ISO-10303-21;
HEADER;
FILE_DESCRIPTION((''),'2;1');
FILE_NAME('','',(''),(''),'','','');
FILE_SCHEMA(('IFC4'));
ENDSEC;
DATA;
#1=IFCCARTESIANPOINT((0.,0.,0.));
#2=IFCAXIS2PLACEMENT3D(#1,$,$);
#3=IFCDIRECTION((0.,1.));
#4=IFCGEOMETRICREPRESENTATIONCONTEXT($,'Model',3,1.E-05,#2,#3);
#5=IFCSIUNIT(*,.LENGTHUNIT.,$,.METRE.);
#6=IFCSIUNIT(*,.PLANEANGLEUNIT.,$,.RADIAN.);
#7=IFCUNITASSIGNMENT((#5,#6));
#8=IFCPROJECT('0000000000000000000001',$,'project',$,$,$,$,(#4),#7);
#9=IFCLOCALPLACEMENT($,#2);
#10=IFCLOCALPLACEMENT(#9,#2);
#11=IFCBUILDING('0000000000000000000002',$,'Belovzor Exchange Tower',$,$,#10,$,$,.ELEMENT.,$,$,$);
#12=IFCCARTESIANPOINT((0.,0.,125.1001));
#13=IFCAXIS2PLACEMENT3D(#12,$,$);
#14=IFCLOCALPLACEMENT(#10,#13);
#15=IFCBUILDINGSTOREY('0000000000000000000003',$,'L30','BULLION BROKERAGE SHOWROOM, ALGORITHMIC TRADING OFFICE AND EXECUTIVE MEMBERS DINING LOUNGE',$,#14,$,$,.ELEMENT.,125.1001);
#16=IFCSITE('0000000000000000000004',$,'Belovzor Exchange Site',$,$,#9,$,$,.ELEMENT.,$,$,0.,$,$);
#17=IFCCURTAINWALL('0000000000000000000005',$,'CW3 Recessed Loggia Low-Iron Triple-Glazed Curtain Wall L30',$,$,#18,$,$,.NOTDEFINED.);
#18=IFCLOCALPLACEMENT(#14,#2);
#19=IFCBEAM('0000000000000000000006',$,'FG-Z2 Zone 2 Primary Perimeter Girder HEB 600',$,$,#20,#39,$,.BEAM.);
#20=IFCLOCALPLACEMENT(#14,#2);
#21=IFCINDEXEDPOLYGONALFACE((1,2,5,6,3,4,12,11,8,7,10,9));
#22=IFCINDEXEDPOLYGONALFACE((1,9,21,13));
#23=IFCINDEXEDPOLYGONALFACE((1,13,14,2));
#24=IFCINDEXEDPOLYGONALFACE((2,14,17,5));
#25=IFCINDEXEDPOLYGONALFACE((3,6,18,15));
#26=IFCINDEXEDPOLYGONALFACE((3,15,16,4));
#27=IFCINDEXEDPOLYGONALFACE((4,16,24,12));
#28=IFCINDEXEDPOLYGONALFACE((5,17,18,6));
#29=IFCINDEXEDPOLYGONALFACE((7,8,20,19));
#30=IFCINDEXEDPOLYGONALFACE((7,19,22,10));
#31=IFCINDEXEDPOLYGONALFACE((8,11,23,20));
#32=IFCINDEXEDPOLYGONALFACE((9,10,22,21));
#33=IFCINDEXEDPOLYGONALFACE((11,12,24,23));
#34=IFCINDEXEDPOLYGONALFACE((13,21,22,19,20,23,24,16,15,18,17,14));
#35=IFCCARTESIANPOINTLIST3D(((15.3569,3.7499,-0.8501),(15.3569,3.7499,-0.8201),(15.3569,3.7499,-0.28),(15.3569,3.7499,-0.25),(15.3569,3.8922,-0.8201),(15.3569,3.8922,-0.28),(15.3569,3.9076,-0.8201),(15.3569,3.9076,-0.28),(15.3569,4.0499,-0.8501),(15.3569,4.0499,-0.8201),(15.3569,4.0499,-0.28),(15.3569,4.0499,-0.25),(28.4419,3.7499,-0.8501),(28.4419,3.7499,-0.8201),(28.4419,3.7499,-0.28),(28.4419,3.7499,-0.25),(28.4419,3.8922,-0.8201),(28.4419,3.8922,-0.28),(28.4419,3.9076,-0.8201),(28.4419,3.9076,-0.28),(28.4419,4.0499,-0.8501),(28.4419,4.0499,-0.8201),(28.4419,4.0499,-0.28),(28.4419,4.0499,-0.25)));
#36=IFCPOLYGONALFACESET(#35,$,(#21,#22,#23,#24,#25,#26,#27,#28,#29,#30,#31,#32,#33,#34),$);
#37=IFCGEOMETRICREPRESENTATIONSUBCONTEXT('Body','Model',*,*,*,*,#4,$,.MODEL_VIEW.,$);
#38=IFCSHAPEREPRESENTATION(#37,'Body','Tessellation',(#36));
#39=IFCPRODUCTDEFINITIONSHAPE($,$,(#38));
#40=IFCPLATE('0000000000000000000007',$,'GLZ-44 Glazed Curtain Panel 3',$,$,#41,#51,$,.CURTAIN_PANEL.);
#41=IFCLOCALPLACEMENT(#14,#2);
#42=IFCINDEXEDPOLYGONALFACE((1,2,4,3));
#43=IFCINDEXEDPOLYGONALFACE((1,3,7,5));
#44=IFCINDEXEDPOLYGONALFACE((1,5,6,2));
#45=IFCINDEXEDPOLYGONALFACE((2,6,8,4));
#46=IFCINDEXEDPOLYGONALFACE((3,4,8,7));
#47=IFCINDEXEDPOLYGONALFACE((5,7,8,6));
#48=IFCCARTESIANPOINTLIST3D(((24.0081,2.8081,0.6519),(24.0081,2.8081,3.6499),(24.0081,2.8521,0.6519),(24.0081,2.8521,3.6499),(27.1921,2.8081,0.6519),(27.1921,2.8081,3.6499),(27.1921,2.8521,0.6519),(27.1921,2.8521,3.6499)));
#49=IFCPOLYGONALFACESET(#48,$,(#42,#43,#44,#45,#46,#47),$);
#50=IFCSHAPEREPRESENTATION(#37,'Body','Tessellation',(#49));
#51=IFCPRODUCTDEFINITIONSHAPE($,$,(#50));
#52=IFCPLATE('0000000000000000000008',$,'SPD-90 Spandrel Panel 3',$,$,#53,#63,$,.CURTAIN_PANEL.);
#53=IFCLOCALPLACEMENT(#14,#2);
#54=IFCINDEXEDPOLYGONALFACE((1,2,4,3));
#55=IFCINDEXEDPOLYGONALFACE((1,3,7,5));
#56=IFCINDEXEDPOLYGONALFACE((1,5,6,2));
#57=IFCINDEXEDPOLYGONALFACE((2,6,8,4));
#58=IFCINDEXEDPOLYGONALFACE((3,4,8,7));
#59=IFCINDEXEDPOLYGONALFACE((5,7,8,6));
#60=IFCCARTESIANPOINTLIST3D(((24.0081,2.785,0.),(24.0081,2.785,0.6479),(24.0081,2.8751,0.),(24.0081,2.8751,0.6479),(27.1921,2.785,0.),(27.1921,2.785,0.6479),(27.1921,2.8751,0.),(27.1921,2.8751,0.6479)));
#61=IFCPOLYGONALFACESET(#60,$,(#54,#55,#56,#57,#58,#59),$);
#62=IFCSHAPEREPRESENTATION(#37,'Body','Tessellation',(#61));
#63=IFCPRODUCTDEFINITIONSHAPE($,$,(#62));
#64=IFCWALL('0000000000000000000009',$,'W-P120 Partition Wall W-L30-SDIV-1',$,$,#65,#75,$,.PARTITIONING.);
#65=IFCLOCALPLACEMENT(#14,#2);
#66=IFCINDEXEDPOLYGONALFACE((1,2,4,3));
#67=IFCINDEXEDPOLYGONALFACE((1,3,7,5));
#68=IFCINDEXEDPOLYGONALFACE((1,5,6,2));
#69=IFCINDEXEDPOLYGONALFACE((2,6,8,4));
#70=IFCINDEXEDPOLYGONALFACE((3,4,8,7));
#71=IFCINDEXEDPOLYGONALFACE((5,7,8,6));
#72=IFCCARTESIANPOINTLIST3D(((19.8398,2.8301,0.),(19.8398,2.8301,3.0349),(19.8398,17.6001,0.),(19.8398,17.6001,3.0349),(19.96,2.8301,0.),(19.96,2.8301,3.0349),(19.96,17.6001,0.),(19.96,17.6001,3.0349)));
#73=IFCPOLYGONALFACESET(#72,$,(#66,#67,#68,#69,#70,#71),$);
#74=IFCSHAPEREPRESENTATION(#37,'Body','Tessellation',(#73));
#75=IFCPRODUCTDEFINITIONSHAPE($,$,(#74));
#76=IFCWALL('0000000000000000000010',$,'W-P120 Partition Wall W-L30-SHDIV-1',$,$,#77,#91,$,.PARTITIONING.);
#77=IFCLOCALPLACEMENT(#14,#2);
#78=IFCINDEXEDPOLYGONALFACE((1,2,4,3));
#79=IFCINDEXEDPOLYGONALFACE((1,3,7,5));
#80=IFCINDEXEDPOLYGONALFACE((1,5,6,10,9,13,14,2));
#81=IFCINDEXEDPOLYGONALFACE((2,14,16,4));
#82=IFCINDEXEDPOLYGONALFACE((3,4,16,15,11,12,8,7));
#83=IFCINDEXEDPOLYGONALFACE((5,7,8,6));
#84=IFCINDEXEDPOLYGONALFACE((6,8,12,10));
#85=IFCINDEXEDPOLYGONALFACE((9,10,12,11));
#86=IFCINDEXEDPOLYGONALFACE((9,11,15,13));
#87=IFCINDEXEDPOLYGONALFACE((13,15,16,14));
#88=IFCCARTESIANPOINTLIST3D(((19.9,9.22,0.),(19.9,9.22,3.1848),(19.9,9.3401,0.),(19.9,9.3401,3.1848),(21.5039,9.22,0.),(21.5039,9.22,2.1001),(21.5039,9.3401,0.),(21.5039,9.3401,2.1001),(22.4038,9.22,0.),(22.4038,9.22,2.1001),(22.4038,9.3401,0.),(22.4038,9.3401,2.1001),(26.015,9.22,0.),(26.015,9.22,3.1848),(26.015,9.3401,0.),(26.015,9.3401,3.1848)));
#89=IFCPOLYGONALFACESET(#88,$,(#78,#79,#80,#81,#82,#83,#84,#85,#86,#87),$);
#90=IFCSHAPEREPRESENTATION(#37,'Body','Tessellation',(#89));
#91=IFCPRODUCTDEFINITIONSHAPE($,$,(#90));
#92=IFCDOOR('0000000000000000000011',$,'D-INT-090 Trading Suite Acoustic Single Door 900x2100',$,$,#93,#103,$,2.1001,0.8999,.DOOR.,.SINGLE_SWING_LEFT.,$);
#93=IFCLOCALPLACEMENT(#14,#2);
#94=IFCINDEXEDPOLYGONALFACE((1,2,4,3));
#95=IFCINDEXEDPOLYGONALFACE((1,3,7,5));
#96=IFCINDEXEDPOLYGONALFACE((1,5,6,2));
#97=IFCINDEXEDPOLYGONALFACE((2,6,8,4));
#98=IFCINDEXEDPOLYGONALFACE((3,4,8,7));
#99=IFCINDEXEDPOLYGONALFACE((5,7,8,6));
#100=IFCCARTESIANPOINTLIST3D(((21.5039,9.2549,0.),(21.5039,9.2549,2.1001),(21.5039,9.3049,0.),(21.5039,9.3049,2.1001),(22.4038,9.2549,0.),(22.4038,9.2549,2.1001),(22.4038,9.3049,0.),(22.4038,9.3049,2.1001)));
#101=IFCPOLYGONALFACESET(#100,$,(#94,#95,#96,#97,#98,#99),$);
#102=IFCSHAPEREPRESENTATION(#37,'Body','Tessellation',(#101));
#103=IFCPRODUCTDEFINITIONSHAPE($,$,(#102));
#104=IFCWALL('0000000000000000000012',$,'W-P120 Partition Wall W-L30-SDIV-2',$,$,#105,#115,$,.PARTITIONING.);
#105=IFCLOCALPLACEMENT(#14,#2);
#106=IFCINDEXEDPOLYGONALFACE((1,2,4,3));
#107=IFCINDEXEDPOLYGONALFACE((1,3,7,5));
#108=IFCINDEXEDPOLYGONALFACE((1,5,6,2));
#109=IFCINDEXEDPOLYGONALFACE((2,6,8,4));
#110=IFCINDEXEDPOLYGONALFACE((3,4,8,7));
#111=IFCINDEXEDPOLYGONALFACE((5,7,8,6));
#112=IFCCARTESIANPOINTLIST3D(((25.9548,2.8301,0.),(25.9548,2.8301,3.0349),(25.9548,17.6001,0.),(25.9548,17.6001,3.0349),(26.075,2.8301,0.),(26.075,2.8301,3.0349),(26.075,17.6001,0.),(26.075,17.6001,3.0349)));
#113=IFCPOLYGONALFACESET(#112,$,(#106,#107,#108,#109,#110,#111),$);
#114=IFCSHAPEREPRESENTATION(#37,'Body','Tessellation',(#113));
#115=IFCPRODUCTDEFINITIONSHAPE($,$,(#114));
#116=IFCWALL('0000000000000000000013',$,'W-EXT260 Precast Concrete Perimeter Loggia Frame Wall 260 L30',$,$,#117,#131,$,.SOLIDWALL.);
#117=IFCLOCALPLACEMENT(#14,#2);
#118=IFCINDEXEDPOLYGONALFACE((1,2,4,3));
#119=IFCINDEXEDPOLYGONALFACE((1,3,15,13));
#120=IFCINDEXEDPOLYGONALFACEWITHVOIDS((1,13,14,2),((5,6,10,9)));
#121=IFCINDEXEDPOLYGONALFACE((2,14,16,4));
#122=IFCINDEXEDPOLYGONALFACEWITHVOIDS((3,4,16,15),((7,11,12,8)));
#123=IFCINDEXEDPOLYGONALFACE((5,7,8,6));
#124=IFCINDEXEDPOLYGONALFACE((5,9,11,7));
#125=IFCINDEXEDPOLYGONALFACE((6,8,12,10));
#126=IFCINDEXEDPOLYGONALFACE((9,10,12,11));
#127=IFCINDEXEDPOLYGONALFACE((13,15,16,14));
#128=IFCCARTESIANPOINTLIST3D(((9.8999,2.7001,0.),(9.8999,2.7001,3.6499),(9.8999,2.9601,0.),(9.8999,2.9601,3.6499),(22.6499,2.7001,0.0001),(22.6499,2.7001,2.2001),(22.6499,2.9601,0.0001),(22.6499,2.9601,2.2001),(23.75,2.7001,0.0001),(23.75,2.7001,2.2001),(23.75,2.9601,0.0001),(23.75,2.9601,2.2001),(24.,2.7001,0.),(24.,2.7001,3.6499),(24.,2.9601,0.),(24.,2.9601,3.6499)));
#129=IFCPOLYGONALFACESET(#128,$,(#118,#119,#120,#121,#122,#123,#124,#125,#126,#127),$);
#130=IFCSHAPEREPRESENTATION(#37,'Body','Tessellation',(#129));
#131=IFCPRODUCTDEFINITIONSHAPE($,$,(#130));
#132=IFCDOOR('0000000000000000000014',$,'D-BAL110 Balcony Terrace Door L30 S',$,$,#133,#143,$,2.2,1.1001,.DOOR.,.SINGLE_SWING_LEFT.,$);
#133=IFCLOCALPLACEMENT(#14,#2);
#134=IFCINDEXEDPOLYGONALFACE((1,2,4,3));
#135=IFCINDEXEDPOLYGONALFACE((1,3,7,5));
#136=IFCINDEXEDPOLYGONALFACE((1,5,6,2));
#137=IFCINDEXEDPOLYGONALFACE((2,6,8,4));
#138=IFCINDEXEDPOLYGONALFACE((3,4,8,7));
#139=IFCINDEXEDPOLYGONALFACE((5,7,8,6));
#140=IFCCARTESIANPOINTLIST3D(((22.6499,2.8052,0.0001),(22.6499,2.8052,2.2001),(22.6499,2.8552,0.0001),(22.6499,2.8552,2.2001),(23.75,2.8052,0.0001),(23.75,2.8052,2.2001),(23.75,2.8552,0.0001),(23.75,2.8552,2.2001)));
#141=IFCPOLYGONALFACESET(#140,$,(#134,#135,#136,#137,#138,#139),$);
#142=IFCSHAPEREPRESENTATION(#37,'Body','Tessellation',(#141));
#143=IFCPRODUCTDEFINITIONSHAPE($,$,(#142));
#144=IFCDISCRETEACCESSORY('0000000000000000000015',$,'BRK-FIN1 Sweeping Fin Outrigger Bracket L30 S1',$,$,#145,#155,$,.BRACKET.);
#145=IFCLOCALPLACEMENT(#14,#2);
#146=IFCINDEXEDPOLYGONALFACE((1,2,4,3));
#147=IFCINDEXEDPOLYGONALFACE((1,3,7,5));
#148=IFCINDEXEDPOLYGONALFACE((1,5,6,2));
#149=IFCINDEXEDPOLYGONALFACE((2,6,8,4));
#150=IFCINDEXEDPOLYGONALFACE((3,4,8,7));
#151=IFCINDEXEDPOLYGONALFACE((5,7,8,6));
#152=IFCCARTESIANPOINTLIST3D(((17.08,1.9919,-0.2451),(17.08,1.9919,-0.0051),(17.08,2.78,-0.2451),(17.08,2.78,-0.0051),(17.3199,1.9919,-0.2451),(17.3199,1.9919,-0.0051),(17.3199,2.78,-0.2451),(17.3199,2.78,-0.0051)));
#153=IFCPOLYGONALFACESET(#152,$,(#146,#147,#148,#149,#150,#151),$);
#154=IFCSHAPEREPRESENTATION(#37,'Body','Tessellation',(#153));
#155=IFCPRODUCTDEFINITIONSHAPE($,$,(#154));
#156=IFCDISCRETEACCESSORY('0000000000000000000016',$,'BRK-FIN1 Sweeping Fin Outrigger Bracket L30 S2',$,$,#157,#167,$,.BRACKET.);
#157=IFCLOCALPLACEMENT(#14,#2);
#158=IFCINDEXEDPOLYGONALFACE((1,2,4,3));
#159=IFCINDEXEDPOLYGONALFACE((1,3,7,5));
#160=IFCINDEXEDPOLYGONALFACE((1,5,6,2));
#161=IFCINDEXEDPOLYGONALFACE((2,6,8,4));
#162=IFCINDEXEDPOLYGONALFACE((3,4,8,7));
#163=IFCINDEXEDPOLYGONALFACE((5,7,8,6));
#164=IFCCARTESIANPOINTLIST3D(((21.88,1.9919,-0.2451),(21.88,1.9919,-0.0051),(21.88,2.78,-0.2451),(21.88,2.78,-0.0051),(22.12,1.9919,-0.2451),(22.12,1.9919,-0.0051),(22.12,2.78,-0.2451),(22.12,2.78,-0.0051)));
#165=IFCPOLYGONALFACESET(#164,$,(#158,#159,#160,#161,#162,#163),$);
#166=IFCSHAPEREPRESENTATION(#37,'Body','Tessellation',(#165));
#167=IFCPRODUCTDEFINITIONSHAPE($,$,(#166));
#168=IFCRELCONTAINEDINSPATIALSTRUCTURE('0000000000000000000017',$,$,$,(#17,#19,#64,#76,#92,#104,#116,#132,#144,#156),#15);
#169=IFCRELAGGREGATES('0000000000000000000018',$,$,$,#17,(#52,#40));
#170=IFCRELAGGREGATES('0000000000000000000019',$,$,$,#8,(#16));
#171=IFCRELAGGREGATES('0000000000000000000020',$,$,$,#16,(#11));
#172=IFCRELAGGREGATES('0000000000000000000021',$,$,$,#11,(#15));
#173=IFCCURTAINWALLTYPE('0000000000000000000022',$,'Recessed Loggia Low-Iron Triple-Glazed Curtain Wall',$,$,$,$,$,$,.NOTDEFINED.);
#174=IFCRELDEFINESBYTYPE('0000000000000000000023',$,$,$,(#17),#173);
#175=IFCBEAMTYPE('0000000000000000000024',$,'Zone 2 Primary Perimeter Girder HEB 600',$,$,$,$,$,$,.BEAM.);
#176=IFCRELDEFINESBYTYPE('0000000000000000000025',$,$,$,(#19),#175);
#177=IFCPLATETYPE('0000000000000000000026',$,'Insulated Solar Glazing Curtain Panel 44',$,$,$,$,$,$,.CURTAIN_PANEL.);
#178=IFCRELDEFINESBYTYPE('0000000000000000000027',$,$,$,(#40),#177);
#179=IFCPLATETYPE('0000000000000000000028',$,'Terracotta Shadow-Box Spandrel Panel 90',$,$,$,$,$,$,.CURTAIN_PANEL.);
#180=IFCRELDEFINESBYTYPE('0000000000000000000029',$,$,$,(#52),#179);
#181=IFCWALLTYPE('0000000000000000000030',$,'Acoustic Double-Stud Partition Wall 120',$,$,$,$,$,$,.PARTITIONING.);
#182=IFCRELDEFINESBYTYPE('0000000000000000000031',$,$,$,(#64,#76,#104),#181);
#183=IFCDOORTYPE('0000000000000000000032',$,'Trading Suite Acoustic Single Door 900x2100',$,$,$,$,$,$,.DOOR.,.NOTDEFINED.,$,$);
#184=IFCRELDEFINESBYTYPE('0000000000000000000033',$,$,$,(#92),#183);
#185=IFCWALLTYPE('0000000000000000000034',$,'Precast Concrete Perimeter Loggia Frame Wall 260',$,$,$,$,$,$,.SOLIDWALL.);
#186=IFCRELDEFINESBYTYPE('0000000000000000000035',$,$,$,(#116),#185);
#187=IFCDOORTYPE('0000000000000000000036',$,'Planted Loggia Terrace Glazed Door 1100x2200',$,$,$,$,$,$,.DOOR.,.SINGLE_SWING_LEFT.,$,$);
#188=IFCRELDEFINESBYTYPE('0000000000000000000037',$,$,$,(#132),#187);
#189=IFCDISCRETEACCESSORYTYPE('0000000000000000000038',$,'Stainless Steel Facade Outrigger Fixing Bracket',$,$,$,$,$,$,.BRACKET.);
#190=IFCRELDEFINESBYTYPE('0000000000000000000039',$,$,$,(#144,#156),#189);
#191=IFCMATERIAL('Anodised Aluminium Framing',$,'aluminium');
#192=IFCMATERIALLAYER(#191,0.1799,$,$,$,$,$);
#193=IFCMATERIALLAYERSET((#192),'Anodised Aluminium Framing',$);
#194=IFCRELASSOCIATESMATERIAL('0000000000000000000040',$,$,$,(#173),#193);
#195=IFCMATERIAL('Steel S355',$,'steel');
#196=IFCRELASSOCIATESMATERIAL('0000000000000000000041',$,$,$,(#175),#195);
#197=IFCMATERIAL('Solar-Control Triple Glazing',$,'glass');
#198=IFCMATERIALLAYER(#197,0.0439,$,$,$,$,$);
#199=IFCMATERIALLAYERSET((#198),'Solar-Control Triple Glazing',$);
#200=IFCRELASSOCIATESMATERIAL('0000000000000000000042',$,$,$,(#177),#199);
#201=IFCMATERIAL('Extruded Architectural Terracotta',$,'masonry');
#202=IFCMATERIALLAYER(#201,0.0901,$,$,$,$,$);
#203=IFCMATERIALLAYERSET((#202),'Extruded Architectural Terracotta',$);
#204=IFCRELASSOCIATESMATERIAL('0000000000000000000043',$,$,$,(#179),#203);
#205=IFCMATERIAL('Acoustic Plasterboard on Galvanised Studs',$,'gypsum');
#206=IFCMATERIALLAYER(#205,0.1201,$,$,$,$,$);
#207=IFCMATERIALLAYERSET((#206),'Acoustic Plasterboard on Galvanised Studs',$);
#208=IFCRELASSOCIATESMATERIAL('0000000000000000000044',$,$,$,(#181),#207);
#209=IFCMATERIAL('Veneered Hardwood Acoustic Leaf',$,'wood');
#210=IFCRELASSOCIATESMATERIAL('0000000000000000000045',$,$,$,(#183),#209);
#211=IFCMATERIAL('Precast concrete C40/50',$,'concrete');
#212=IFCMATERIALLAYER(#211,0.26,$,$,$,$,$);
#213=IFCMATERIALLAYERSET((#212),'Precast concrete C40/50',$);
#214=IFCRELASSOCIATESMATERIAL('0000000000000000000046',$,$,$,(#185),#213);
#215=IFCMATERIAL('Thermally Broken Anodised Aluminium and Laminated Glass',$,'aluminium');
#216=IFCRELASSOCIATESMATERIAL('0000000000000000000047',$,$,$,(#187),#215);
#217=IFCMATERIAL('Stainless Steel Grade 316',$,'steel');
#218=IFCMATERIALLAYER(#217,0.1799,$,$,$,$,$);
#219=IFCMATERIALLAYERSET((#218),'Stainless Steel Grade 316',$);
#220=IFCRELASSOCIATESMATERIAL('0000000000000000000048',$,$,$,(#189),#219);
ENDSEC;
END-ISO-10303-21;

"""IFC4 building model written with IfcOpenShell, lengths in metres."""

from ifc_helpers import new_model, si_unit, direction, frame, frame_2d, origin, origin_2d, place, context, subcontext, project, spatial, rectangle, i_section, extrude, material, layer, layer_set, material_profile, profile_set, type_object, element, fill, aggregate, save


model = new_model("IFC4")

# Units and contexts
model_context = context("Model", 3, precision=1e-05, world=origin(), true_north=direction((0.0, 1.0)))
body_context = subcontext(model_context, "Body", "Model", "MODEL_VIEW")
ifc_project = project(units=[si_unit("LENGTHUNIT", "METRE"), si_unit("PLANEANGLEUNIT", "RADIAN")], contexts=[model_context])

# Site, building, storey
site_placement = place(None, origin())
site = spatial("IfcSite", under=ifc_project, at=site_placement, Name="Belovzor Exchange Site", CompositionType="ELEMENT", RefElevation=0.0)
building_placement = place(site_placement, origin())
building = spatial("IfcBuilding", under=site, at=building_placement, Name="Belovzor Exchange Tower", CompositionType="ELEMENT")
storey_placement = place(building_placement, frame((0.0, 0.0, 125.1001)))
storey = spatial("IfcBuildingStorey", under=building, at=storey_placement, Name="L30", Description="BULLION BROKERAGE SHOWROOM, ALGORITHMIC TRADING OFFICE AND EXECUTIVE MEMBERS DINING LOUNGE", CompositionType="ELEMENT", Elevation=125.1001)

# Curtain wall
ifc_material_1 = material(Name="Anodised Aluminium Framing", Category="aluminium")
ifc_layer_1 = layer(ifc_material_1, 0.1799)
ifc_layer_set_1 = layer_set([ifc_layer_1], Name="Anodised Aluminium Framing")
curtain_wall_type = type_object("IfcCurtainWallType", Name="Recessed Loggia Low-Iron Triple-Glazed Curtain Wall", PredefinedType="NOTDEFINED", material=ifc_layer_set_1)
curtain_wall_placement = place(storey_placement, origin())
curtain_wall = element("IfcCurtainWall", 1, at=curtain_wall_placement, inside=storey, type_object=curtain_wall_type, Name="CW3 Recessed Loggia Low-Iron Triple-Glazed Curtain Wall L30", PredefinedType="NOTDEFINED")

# Beam
ifc_material_2 = material(Name="Steel S355", Category="steel")
ifc_material_profile_1 = material_profile(ifc_material_2, i_section(OverallWidth=0.3, OverallDepth=0.6001, WebThickness=0.0154, FlangeThickness=0.03, at=origin_2d()))
ifc_profile_set_1 = profile_set([ifc_material_profile_1], Name="Steel S355")
beam_type_1 = type_object("IfcBeamType", Name="Zone 2 Primary Perimeter Girder HEB 600", PredefinedType="BEAM", material=ifc_profile_set_1)
beam_1_placement = place(storey_placement, frame((15.3569, 3.8999, -0.55), z_axis=(1.0, 0.0, 0.0), x_axis=(0.0, 1.0, 0.0)))
element("IfcBeam", 2, at=beam_1_placement, inside=storey, type_object=beam_type_1, Name="FG-Z2 Zone 2 Primary Perimeter Girder HEB 600", PredefinedType="BEAM", context=body_context, shape_type="SweptSolid", body=[
    extrude(i_section(OverallWidth=0.3, OverallDepth=0.6001, WebThickness=0.0154, FlangeThickness=0.03, at=origin_2d()), origin(), (0.0, 0.0, 1.0), 13.085),
])

# Plates
ifc_material_3 = material(Name="Solar-Control Triple Glazing", Category="glass")
ifc_layer_2 = layer(ifc_material_3, 0.0439)
ifc_layer_set_2 = layer_set([ifc_layer_2], Name="Solar-Control Triple Glazing")
plate_type_1 = type_object("IfcPlateType", Name="Insulated Solar Glazing Curtain Panel 44", PredefinedType="CURTAIN_PANEL", material=ifc_layer_set_2)
plate_1_placement = place(storey_placement, frame((25.6001, 2.8301, 0.6519), z_axis=(0.0, 0.0, 1.0), x_axis=(-1.0, 0.0, 0.0)))
plate_1 = element("IfcPlate", 3, at=plate_1_placement, type_object=plate_type_1, Name="GLZ-44 Glazed Curtain Panel 3", PredefinedType="CURTAIN_PANEL", context=body_context, shape_type="SweptSolid", body=[
    extrude(rectangle(XDim=3.1841, YDim=0.0439, at=origin_2d()), origin(), (0.0, 0.0, 1.0), 2.998),
])
ifc_material_4 = material(Name="Extruded Architectural Terracotta", Category="masonry")
ifc_layer_3 = layer(ifc_material_4, 0.0901)
ifc_layer_set_3 = layer_set([ifc_layer_3], Name="Extruded Architectural Terracotta")
plate_type_2 = type_object("IfcPlateType", Name="Terracotta Shadow-Box Spandrel Panel 90", PredefinedType="CURTAIN_PANEL", material=ifc_layer_set_3)
plate_2_placement = place(storey_placement, frame((25.6001, 2.8301, 0.0), z_axis=(0.0, 0.0, 1.0), x_axis=(-1.0, 0.0, 0.0)))
plate_2 = element("IfcPlate", 4, at=plate_2_placement, type_object=plate_type_2, Name="SPD-90 Spandrel Panel 3", PredefinedType="CURTAIN_PANEL", context=body_context, shape_type="SweptSolid", body=[
    extrude(rectangle(XDim=3.1841, YDim=0.0901, at=origin_2d()), origin(), (0.0, 0.0, 1.0), 0.6479),
])
aggregate(curtain_wall, [plate_2, plate_1])

# Wall
ifc_material_5 = material(Name="Acoustic Plasterboard on Galvanised Studs", Category="gypsum")
ifc_layer_4 = layer(ifc_material_5, 0.1201)
ifc_layer_set_4 = layer_set([ifc_layer_4], Name="Acoustic Plasterboard on Galvanised Studs")
wall_type_1 = type_object("IfcWallType", Name="Acoustic Double-Stud Partition Wall 120", PredefinedType="PARTITIONING", material=ifc_layer_set_4)
wall_1_placement = place(storey_placement, frame((19.8999, 2.8301, 0.0), z_axis=(0.0, 0.0, 1.0), x_axis=(0.0, 1.0, 0.0)))
element("IfcWall", 5, at=wall_1_placement, inside=storey, type_object=wall_type_1, Name="W-P120 Partition Wall W-L30-SDIV-1", PredefinedType="PARTITIONING", context=body_context, shape_type="SweptSolid", body=[
    extrude(rectangle(XDim=14.77, YDim=0.1201, at=frame_2d((7.385, 0.0))), origin(), (0.0, 0.0, 1.0), 3.0349),
])

# Wall, opening, door
wall_2_placement = place(storey_placement, frame((19.8999, 9.28, 0.0), z_axis=(0.0, 0.0, 1.0), x_axis=(1.0, 0.0, 0.0)))
wall_2 = element("IfcWall", 6, at=wall_2_placement, inside=storey, type_object=wall_type_1, Name="W-P120 Partition Wall W-L30-SHDIV-1", PredefinedType="PARTITIONING", context=body_context, shape_type="SweptSolid", body=[
    extrude(rectangle(XDim=6.115, YDim=0.1201, at=frame_2d((3.0576, 0.0))), origin(), (0.0, 0.0, 1.0), 3.1848),
])
opening_1_placement = place(wall_2_placement, frame((1.604, 0.0, 0.0)))
opening_1 = element("IfcOpeningElement", 7, at=opening_1_placement, cuts=wall_2, PredefinedType="OPENING", context=body_context, shape_type="SweptSolid", body=[
    extrude(rectangle(XDim=0.8999, YDim=2.1001, at=frame_2d((0.45, 1.05))), frame((0.0, 0.0701, 0.0), z_axis=(0.0, -1.0, 0.0), x_axis=(1.0, 0.0, 0.0)), (0.0, 0.0, 1.0), 0.1401),
])
ifc_material_6 = material(Name="Veneered Hardwood Acoustic Leaf", Category="wood")
door_type_1 = type_object("IfcDoorType", Name="Trading Suite Acoustic Single Door 900x2100", OperationType="NOTDEFINED", PredefinedType="DOOR", material=ifc_material_6)
door_1_placement = place(opening_1_placement, origin())
door_1 = element("IfcDoor", 8, at=door_1_placement, inside=storey, type_object=door_type_1, Name="D-INT-090 Trading Suite Acoustic Single Door 900x2100", OperationType="SINGLE_SWING_LEFT", OverallHeight=2.1001, OverallWidth=0.8999, PredefinedType="DOOR", context=body_context, shape_type="SweptSolid", body=[
    extrude(rectangle(XDim=0.8999, YDim=2.1001, at=frame_2d((0.45, 1.05))), frame((0.0, 0.0249, 0.0), z_axis=(0.0, -1.0, 0.0), x_axis=(1.0, 0.0, 0.0)), (0.0, 0.0, 1.0), 0.05),
])
fill(opening_1, door_1)

# Wall
wall_3_placement = place(storey_placement, frame((26.0149, 2.8301, 0.0), z_axis=(0.0, 0.0, 1.0), x_axis=(0.0, 1.0, 0.0)))
element("IfcWall", 9, at=wall_3_placement, inside=storey, type_object=wall_type_1, Name="W-P120 Partition Wall W-L30-SDIV-2", PredefinedType="PARTITIONING", context=body_context, shape_type="SweptSolid", body=[
    extrude(rectangle(XDim=14.77, YDim=0.1201, at=frame_2d((7.385, 0.0))), origin(), (0.0, 0.0, 1.0), 3.0349),
])

# Wall, opening, door
ifc_material_7 = material(Name="Precast concrete C40/50", Category="concrete")
ifc_layer_5 = layer(ifc_material_7, 0.26)
ifc_layer_set_5 = layer_set([ifc_layer_5], Name="Precast concrete C40/50")
wall_type_2 = type_object("IfcWallType", Name="Precast Concrete Perimeter Loggia Frame Wall 260", PredefinedType="SOLIDWALL", material=ifc_layer_set_5)
wall_4_placement = place(storey_placement, frame((24.0, 2.8301, 0.0), z_axis=(0.0, 0.0, 1.0), x_axis=(-1.0, 0.0, 0.0)))
wall_4 = element("IfcWall", 10, at=wall_4_placement, inside=storey, type_object=wall_type_2, Name="W-EXT260 Precast Concrete Perimeter Loggia Frame Wall 260 L30", PredefinedType="SOLIDWALL", context=body_context, shape_type="SweptSolid", body=[
    extrude(rectangle(XDim=14.1001, YDim=0.26, at=frame_2d((7.05, 0.0))), origin(), (0.0, 0.0, 1.0), 3.6499),
])
opening_2_placement = place(wall_4_placement, frame((0.25, 0.0, 0.0)))
opening_2 = element("IfcOpeningElement", 11, at=opening_2_placement, cuts=wall_4, PredefinedType="OPENING", context=body_context, shape_type="SweptSolid", body=[
    extrude(rectangle(XDim=1.1001, YDim=2.2, at=frame_2d((0.55, 1.1001))), frame((0.0, 0.1399, 0.0), z_axis=(0.0, -1.0, 0.0), x_axis=(1.0, 0.0, 0.0)), (0.0, 0.0, 1.0), 0.28),
])
ifc_material_8 = material(Name="Thermally Broken Anodised Aluminium and Laminated Glass", Category="aluminium")
door_type_2 = type_object("IfcDoorType", Name="Planted Loggia Terrace Glazed Door 1100x2200", OperationType="SINGLE_SWING_LEFT", PredefinedType="DOOR", material=ifc_material_8)
door_2_placement = place(opening_2_placement, origin())
door_2 = element("IfcDoor", 12, at=door_2_placement, inside=storey, type_object=door_type_2, Name="D-BAL110 Balcony Terrace Door L30 S", OperationType="SINGLE_SWING_LEFT", OverallHeight=2.2, OverallWidth=1.1001, PredefinedType="DOOR", context=body_context, shape_type="SweptSolid", body=[
    extrude(rectangle(XDim=1.1001, YDim=2.2, at=frame_2d((0.55, 1.1001))), frame((0.0, 0.0249, 0.0), z_axis=(0.0, -1.0, 0.0), x_axis=(1.0, 0.0, 0.0)), (0.0, 0.0, 1.0), 0.05),
])
fill(opening_2, door_2)

# Discrete accessories
ifc_material_9 = material(Name="Stainless Steel Grade 316", Category="steel")
ifc_layer_6 = layer(ifc_material_9, 0.1799)
ifc_layer_set_6 = layer_set([ifc_layer_6], Name="Stainless Steel Grade 316")
discrete_accessory_type = type_object("IfcDiscreteAccessoryType", Name="Stainless Steel Facade Outrigger Fixing Bracket", PredefinedType="BRACKET", material=ifc_layer_set_6)
for number, where, z_axis, x_axis, name in (
    (13, (17.2, 2.386, -0.2451), (0.0, 0.0, 1.0), (0.0, 1.0, 0.0), "BRK-FIN1 Sweeping Fin Outrigger Bracket L30 S1"),
    (14, (22.0, 2.386, -0.2451), (0.0, 0.0, 1.0), (0.0, 1.0, 0.0), "BRK-FIN1 Sweeping Fin Outrigger Bracket L30 S2"),
):
    element("IfcDiscreteAccessory", number, at=place(storey_placement, frame(where, z_axis=z_axis, x_axis=x_axis)), inside=storey, type_object=discrete_accessory_type, Name=name, PredefinedType="BRACKET", context=body_context, shape_type="SweptSolid", body=[
        extrude(rectangle(XDim=0.7881, YDim=0.24, at=origin_2d()), origin(), (0.0, 0.0, 1.0), 0.24),
    ])

save(model, "model.ifc")
